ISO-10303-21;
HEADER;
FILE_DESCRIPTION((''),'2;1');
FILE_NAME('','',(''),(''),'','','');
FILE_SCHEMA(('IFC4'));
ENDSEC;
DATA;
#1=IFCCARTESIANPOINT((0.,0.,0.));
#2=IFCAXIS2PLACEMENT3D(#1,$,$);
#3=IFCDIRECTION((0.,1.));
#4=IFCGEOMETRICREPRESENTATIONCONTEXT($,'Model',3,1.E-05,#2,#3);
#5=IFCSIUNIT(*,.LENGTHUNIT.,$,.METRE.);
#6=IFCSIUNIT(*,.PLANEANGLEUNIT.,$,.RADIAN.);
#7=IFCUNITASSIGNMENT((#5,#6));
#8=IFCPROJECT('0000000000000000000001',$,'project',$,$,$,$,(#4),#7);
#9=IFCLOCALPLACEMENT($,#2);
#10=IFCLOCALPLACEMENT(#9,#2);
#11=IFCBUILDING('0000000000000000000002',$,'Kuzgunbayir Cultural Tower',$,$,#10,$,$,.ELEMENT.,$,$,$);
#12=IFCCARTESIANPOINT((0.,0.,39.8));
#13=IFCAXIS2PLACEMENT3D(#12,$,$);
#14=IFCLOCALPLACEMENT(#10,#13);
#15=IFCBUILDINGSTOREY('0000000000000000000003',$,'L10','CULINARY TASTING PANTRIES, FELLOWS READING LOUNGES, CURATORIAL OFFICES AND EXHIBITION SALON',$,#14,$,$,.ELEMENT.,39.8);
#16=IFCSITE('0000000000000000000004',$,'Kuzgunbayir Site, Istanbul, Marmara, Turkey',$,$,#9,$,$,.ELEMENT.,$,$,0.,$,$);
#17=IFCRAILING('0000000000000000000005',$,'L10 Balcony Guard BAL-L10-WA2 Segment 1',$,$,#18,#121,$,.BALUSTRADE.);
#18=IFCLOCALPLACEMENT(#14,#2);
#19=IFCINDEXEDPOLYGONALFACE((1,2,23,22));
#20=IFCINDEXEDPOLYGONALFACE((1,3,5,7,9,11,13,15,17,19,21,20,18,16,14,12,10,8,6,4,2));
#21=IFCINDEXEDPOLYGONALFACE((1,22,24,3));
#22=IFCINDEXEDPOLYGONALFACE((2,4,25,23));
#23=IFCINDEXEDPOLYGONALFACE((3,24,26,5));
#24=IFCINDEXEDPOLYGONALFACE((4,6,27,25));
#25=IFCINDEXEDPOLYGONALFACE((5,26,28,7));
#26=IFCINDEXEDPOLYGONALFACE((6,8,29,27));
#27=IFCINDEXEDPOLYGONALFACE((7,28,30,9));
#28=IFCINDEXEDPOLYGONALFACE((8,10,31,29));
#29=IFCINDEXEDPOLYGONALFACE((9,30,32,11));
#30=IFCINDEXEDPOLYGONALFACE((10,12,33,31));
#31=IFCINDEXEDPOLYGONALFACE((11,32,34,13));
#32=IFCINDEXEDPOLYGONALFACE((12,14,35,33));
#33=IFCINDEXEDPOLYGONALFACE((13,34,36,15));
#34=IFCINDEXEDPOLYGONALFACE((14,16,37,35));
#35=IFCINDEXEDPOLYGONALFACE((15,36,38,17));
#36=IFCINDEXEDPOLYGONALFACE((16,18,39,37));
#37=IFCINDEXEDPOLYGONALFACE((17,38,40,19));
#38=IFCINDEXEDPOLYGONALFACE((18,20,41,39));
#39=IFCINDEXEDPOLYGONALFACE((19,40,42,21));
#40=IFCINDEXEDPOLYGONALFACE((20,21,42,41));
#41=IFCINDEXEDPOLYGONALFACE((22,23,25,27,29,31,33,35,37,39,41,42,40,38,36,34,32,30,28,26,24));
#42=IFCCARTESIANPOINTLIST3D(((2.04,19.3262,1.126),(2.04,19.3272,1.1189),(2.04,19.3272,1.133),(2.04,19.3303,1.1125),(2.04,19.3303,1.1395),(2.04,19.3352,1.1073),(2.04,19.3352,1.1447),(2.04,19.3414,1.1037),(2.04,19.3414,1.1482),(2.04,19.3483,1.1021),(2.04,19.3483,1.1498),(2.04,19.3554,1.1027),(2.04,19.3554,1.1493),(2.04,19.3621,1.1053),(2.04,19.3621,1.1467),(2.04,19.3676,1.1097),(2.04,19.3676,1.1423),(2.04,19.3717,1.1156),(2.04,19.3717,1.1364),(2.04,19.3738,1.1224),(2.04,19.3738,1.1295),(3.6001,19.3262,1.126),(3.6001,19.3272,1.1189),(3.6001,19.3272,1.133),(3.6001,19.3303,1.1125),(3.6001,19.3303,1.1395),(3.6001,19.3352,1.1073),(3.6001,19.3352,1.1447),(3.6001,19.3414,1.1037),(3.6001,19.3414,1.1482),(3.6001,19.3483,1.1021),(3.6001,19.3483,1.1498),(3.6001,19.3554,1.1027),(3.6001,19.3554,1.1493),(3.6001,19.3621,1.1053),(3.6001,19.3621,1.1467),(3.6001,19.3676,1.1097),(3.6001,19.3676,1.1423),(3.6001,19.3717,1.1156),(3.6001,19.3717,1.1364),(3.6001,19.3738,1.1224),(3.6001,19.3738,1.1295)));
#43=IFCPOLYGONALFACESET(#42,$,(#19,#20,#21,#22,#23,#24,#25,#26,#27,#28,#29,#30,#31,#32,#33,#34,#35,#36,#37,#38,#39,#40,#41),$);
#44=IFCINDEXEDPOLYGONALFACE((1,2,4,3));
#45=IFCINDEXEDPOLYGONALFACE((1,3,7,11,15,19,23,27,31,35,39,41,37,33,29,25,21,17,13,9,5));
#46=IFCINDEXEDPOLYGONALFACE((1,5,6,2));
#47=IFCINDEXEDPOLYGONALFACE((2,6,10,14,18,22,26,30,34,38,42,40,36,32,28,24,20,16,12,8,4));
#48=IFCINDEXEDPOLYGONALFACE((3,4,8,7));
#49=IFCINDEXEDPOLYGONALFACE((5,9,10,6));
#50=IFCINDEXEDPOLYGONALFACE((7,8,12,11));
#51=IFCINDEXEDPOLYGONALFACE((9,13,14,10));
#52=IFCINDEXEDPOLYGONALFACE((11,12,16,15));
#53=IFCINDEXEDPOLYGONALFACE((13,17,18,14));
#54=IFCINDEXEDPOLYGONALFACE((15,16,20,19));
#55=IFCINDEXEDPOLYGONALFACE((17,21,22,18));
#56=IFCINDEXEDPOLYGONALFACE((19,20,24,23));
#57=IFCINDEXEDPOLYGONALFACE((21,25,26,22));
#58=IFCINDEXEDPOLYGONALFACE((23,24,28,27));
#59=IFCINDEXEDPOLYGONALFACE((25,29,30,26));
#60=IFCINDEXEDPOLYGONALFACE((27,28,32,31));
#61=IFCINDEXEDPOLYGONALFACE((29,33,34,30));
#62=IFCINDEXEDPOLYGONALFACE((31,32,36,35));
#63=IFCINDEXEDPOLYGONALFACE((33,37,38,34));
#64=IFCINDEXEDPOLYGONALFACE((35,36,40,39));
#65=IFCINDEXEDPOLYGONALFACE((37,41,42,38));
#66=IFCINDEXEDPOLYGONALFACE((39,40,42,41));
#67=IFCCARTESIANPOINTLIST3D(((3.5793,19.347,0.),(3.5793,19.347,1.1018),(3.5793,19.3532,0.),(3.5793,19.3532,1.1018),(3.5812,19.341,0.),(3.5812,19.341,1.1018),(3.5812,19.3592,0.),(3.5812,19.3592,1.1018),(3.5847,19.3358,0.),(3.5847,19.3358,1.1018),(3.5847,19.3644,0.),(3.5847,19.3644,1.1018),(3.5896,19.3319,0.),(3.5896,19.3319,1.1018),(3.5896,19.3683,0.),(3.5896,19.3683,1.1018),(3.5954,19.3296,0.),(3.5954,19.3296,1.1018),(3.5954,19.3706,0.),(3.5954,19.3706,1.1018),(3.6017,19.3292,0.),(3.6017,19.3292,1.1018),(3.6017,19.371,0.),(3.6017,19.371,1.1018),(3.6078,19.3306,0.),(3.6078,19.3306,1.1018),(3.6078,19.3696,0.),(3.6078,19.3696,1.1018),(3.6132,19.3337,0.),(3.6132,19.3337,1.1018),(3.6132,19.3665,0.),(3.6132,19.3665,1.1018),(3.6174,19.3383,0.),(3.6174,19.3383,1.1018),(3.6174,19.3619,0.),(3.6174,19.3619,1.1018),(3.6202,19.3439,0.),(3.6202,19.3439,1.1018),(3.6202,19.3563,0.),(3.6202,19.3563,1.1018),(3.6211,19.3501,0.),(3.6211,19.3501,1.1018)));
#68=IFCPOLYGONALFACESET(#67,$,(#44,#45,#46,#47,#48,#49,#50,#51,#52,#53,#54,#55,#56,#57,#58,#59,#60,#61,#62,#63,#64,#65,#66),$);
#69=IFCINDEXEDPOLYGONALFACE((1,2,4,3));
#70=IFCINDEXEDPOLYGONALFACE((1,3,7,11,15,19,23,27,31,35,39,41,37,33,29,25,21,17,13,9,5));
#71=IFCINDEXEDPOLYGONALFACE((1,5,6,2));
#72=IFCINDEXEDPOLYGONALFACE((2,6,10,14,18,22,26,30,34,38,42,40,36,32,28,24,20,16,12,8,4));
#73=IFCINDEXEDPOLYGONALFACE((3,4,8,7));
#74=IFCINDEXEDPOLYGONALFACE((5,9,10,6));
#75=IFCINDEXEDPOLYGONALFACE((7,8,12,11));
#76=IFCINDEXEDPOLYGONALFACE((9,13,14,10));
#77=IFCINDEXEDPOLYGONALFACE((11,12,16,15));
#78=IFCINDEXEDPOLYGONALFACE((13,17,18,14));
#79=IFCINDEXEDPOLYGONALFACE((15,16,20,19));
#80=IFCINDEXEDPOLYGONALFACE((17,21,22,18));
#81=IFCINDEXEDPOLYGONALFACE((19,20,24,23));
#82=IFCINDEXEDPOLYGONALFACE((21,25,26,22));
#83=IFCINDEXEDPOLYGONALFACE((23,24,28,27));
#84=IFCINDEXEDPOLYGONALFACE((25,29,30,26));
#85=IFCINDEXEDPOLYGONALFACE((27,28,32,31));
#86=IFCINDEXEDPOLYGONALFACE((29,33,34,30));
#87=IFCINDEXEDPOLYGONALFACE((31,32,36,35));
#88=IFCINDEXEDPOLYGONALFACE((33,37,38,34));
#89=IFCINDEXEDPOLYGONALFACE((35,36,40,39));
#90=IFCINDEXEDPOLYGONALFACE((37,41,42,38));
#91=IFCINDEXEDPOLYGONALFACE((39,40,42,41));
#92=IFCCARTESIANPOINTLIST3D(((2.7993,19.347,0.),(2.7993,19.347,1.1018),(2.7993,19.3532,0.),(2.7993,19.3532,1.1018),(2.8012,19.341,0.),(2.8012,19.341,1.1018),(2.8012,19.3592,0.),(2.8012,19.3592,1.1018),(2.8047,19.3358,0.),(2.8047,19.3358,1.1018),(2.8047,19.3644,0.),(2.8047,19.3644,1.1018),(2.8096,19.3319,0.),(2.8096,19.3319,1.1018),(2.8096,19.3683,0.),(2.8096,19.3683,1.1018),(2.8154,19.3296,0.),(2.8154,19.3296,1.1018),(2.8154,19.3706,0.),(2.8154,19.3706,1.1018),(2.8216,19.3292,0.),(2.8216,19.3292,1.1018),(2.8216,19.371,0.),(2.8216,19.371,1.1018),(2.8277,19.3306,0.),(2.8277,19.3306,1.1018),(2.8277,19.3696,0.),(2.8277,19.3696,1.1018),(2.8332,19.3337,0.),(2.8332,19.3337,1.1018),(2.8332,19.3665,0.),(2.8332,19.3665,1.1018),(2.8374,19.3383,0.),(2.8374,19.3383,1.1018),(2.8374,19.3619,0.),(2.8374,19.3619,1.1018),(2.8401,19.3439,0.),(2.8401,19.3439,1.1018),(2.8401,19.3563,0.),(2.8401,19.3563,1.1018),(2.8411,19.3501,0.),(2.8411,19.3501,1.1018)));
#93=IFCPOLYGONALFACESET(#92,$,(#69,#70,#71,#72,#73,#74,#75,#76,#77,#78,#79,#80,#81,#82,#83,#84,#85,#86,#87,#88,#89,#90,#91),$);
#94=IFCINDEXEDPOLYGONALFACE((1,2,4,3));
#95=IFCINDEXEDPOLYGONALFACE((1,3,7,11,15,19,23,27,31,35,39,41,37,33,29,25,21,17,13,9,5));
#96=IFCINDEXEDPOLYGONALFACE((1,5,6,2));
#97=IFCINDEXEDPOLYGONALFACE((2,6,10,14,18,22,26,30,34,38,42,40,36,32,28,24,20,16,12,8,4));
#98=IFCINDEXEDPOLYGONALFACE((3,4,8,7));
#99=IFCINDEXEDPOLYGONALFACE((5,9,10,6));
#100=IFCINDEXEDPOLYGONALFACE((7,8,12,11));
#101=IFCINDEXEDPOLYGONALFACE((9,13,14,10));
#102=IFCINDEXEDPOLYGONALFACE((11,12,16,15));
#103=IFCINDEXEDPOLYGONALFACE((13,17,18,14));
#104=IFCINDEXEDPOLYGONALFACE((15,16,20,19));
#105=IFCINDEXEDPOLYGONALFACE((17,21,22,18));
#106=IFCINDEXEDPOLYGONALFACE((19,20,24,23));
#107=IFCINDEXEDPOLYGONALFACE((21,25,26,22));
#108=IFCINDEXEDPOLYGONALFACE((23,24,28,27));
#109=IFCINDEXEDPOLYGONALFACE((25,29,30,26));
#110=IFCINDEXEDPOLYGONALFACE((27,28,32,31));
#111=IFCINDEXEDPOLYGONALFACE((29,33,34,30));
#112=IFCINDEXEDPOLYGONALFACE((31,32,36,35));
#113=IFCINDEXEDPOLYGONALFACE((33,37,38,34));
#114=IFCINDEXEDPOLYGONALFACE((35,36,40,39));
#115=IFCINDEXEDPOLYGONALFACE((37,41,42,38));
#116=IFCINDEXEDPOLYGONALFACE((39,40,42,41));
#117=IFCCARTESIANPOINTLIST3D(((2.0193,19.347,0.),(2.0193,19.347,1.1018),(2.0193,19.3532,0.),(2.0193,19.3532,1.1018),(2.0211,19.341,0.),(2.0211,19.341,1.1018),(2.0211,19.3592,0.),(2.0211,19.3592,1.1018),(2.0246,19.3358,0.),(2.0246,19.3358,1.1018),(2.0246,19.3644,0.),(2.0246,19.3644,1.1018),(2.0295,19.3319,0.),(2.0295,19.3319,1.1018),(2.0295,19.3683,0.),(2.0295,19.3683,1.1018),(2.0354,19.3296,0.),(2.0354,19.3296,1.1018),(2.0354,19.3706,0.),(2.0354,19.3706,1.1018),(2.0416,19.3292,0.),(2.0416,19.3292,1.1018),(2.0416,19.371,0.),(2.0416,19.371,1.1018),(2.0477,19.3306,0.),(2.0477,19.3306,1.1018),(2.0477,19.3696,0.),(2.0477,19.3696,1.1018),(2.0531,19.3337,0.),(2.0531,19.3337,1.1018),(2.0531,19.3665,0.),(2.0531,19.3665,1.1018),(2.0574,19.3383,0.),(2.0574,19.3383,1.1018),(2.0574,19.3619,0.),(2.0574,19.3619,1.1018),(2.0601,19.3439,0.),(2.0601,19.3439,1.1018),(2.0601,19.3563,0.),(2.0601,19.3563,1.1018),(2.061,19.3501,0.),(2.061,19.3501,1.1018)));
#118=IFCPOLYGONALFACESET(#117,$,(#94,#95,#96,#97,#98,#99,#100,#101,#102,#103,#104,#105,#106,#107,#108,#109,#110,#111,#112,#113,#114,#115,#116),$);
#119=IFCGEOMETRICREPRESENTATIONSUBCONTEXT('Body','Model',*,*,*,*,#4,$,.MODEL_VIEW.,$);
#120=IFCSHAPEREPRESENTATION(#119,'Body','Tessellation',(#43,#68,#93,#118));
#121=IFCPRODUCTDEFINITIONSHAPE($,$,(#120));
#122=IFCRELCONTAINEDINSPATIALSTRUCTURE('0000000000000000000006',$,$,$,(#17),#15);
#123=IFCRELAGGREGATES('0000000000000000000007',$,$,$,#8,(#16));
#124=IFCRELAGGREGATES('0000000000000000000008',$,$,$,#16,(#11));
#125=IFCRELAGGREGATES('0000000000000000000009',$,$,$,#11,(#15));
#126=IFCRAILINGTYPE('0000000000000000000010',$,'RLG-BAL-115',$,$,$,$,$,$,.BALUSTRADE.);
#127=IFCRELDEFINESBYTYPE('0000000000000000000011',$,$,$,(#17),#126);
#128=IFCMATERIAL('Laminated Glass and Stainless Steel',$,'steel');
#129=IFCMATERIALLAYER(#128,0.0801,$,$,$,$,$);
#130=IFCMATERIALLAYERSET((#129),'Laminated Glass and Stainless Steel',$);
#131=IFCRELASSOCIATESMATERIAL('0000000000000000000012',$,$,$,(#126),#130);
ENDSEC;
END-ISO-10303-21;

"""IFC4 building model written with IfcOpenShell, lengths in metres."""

from ifc_helpers import new_model, si_unit, direction, frame, origin, origin_2d, place, context, subcontext, project, spatial, circle, extrude, material, layer, layer_set, type_object, element, save


model = new_model("IFC4")

# Units and contexts
model_context = context("Model", 3, precision=1e-05, world=origin(), true_north=direction((0.0, 1.0)))
body_context = subcontext(model_context, "Body", "Model", "MODEL_VIEW")
ifc_project = project(units=[si_unit("LENGTHUNIT", "METRE"), si_unit("PLANEANGLEUNIT", "RADIAN")], contexts=[model_context])

# Site, building, storey
site_placement = place(None, origin())
site = spatial("IfcSite", under=ifc_project, at=site_placement, Name="Kuzgunbayir Site, Istanbul, Marmara, Turkey", CompositionType="ELEMENT", RefElevation=0.0)
building_placement = place(site_placement, origin())
building = spatial("IfcBuilding", under=site, at=building_placement, Name="Kuzgunbayir Cultural Tower", CompositionType="ELEMENT")
storey_placement = place(building_placement, frame((0.0, 0.0, 39.8)))
storey = spatial("IfcBuildingStorey", under=building, at=storey_placement, Name="L10", Description="CULINARY TASTING PANTRIES, FELLOWS READING LOUNGES, CURATORIAL OFFICES AND EXHIBITION SALON", CompositionType="ELEMENT", Elevation=39.8)

# Railing
ifc_material_1 = material(Name="Laminated Glass and Stainless Steel", Category="steel")
ifc_layer_1 = layer(ifc_material_1, 0.0801)
ifc_layer_set_1 = layer_set([ifc_layer_1], Name="Laminated Glass and Stainless Steel")
railing_type = type_object("IfcRailingType", Name="RLG-BAL-115", PredefinedType="BALUSTRADE", material=ifc_layer_set_1)
railing_1_placement = place(storey_placement, frame((3.6001, 19.3501, 0.0)))
element("IfcRailing", 1, at=railing_1_placement, inside=storey, type_object=railing_type, Name="L10 Balcony Guard BAL-L10-WA2 Segment 1", PredefinedType="BALUSTRADE", context=body_context, shape_type="SweptSolid", body=[
    extrude(circle(Radius=0.0239, at=origin_2d()), frame((0.0, 0.0, 1.126), z_axis=(-1.0, 0.0, 0.0), x_axis=(0.0, -1.0, 0.0)), (0.0, 0.0, 1.0), 1.5601),
    extrude(circle(Radius=0.021, at=origin_2d()), origin(), (0.0, 0.0, 1.0), 1.1018),
    extrude(circle(Radius=0.021, at=origin_2d()), frame((-0.78, 0.0, 0.0)), (0.0, 0.0, 1.0), 1.1018),
    extrude(circle(Radius=0.021, at=origin_2d()), frame((-1.5601, 0.0, 0.0)), (0.0, 0.0, 1.0), 1.1018),
])

save(model, "model.ifc")
